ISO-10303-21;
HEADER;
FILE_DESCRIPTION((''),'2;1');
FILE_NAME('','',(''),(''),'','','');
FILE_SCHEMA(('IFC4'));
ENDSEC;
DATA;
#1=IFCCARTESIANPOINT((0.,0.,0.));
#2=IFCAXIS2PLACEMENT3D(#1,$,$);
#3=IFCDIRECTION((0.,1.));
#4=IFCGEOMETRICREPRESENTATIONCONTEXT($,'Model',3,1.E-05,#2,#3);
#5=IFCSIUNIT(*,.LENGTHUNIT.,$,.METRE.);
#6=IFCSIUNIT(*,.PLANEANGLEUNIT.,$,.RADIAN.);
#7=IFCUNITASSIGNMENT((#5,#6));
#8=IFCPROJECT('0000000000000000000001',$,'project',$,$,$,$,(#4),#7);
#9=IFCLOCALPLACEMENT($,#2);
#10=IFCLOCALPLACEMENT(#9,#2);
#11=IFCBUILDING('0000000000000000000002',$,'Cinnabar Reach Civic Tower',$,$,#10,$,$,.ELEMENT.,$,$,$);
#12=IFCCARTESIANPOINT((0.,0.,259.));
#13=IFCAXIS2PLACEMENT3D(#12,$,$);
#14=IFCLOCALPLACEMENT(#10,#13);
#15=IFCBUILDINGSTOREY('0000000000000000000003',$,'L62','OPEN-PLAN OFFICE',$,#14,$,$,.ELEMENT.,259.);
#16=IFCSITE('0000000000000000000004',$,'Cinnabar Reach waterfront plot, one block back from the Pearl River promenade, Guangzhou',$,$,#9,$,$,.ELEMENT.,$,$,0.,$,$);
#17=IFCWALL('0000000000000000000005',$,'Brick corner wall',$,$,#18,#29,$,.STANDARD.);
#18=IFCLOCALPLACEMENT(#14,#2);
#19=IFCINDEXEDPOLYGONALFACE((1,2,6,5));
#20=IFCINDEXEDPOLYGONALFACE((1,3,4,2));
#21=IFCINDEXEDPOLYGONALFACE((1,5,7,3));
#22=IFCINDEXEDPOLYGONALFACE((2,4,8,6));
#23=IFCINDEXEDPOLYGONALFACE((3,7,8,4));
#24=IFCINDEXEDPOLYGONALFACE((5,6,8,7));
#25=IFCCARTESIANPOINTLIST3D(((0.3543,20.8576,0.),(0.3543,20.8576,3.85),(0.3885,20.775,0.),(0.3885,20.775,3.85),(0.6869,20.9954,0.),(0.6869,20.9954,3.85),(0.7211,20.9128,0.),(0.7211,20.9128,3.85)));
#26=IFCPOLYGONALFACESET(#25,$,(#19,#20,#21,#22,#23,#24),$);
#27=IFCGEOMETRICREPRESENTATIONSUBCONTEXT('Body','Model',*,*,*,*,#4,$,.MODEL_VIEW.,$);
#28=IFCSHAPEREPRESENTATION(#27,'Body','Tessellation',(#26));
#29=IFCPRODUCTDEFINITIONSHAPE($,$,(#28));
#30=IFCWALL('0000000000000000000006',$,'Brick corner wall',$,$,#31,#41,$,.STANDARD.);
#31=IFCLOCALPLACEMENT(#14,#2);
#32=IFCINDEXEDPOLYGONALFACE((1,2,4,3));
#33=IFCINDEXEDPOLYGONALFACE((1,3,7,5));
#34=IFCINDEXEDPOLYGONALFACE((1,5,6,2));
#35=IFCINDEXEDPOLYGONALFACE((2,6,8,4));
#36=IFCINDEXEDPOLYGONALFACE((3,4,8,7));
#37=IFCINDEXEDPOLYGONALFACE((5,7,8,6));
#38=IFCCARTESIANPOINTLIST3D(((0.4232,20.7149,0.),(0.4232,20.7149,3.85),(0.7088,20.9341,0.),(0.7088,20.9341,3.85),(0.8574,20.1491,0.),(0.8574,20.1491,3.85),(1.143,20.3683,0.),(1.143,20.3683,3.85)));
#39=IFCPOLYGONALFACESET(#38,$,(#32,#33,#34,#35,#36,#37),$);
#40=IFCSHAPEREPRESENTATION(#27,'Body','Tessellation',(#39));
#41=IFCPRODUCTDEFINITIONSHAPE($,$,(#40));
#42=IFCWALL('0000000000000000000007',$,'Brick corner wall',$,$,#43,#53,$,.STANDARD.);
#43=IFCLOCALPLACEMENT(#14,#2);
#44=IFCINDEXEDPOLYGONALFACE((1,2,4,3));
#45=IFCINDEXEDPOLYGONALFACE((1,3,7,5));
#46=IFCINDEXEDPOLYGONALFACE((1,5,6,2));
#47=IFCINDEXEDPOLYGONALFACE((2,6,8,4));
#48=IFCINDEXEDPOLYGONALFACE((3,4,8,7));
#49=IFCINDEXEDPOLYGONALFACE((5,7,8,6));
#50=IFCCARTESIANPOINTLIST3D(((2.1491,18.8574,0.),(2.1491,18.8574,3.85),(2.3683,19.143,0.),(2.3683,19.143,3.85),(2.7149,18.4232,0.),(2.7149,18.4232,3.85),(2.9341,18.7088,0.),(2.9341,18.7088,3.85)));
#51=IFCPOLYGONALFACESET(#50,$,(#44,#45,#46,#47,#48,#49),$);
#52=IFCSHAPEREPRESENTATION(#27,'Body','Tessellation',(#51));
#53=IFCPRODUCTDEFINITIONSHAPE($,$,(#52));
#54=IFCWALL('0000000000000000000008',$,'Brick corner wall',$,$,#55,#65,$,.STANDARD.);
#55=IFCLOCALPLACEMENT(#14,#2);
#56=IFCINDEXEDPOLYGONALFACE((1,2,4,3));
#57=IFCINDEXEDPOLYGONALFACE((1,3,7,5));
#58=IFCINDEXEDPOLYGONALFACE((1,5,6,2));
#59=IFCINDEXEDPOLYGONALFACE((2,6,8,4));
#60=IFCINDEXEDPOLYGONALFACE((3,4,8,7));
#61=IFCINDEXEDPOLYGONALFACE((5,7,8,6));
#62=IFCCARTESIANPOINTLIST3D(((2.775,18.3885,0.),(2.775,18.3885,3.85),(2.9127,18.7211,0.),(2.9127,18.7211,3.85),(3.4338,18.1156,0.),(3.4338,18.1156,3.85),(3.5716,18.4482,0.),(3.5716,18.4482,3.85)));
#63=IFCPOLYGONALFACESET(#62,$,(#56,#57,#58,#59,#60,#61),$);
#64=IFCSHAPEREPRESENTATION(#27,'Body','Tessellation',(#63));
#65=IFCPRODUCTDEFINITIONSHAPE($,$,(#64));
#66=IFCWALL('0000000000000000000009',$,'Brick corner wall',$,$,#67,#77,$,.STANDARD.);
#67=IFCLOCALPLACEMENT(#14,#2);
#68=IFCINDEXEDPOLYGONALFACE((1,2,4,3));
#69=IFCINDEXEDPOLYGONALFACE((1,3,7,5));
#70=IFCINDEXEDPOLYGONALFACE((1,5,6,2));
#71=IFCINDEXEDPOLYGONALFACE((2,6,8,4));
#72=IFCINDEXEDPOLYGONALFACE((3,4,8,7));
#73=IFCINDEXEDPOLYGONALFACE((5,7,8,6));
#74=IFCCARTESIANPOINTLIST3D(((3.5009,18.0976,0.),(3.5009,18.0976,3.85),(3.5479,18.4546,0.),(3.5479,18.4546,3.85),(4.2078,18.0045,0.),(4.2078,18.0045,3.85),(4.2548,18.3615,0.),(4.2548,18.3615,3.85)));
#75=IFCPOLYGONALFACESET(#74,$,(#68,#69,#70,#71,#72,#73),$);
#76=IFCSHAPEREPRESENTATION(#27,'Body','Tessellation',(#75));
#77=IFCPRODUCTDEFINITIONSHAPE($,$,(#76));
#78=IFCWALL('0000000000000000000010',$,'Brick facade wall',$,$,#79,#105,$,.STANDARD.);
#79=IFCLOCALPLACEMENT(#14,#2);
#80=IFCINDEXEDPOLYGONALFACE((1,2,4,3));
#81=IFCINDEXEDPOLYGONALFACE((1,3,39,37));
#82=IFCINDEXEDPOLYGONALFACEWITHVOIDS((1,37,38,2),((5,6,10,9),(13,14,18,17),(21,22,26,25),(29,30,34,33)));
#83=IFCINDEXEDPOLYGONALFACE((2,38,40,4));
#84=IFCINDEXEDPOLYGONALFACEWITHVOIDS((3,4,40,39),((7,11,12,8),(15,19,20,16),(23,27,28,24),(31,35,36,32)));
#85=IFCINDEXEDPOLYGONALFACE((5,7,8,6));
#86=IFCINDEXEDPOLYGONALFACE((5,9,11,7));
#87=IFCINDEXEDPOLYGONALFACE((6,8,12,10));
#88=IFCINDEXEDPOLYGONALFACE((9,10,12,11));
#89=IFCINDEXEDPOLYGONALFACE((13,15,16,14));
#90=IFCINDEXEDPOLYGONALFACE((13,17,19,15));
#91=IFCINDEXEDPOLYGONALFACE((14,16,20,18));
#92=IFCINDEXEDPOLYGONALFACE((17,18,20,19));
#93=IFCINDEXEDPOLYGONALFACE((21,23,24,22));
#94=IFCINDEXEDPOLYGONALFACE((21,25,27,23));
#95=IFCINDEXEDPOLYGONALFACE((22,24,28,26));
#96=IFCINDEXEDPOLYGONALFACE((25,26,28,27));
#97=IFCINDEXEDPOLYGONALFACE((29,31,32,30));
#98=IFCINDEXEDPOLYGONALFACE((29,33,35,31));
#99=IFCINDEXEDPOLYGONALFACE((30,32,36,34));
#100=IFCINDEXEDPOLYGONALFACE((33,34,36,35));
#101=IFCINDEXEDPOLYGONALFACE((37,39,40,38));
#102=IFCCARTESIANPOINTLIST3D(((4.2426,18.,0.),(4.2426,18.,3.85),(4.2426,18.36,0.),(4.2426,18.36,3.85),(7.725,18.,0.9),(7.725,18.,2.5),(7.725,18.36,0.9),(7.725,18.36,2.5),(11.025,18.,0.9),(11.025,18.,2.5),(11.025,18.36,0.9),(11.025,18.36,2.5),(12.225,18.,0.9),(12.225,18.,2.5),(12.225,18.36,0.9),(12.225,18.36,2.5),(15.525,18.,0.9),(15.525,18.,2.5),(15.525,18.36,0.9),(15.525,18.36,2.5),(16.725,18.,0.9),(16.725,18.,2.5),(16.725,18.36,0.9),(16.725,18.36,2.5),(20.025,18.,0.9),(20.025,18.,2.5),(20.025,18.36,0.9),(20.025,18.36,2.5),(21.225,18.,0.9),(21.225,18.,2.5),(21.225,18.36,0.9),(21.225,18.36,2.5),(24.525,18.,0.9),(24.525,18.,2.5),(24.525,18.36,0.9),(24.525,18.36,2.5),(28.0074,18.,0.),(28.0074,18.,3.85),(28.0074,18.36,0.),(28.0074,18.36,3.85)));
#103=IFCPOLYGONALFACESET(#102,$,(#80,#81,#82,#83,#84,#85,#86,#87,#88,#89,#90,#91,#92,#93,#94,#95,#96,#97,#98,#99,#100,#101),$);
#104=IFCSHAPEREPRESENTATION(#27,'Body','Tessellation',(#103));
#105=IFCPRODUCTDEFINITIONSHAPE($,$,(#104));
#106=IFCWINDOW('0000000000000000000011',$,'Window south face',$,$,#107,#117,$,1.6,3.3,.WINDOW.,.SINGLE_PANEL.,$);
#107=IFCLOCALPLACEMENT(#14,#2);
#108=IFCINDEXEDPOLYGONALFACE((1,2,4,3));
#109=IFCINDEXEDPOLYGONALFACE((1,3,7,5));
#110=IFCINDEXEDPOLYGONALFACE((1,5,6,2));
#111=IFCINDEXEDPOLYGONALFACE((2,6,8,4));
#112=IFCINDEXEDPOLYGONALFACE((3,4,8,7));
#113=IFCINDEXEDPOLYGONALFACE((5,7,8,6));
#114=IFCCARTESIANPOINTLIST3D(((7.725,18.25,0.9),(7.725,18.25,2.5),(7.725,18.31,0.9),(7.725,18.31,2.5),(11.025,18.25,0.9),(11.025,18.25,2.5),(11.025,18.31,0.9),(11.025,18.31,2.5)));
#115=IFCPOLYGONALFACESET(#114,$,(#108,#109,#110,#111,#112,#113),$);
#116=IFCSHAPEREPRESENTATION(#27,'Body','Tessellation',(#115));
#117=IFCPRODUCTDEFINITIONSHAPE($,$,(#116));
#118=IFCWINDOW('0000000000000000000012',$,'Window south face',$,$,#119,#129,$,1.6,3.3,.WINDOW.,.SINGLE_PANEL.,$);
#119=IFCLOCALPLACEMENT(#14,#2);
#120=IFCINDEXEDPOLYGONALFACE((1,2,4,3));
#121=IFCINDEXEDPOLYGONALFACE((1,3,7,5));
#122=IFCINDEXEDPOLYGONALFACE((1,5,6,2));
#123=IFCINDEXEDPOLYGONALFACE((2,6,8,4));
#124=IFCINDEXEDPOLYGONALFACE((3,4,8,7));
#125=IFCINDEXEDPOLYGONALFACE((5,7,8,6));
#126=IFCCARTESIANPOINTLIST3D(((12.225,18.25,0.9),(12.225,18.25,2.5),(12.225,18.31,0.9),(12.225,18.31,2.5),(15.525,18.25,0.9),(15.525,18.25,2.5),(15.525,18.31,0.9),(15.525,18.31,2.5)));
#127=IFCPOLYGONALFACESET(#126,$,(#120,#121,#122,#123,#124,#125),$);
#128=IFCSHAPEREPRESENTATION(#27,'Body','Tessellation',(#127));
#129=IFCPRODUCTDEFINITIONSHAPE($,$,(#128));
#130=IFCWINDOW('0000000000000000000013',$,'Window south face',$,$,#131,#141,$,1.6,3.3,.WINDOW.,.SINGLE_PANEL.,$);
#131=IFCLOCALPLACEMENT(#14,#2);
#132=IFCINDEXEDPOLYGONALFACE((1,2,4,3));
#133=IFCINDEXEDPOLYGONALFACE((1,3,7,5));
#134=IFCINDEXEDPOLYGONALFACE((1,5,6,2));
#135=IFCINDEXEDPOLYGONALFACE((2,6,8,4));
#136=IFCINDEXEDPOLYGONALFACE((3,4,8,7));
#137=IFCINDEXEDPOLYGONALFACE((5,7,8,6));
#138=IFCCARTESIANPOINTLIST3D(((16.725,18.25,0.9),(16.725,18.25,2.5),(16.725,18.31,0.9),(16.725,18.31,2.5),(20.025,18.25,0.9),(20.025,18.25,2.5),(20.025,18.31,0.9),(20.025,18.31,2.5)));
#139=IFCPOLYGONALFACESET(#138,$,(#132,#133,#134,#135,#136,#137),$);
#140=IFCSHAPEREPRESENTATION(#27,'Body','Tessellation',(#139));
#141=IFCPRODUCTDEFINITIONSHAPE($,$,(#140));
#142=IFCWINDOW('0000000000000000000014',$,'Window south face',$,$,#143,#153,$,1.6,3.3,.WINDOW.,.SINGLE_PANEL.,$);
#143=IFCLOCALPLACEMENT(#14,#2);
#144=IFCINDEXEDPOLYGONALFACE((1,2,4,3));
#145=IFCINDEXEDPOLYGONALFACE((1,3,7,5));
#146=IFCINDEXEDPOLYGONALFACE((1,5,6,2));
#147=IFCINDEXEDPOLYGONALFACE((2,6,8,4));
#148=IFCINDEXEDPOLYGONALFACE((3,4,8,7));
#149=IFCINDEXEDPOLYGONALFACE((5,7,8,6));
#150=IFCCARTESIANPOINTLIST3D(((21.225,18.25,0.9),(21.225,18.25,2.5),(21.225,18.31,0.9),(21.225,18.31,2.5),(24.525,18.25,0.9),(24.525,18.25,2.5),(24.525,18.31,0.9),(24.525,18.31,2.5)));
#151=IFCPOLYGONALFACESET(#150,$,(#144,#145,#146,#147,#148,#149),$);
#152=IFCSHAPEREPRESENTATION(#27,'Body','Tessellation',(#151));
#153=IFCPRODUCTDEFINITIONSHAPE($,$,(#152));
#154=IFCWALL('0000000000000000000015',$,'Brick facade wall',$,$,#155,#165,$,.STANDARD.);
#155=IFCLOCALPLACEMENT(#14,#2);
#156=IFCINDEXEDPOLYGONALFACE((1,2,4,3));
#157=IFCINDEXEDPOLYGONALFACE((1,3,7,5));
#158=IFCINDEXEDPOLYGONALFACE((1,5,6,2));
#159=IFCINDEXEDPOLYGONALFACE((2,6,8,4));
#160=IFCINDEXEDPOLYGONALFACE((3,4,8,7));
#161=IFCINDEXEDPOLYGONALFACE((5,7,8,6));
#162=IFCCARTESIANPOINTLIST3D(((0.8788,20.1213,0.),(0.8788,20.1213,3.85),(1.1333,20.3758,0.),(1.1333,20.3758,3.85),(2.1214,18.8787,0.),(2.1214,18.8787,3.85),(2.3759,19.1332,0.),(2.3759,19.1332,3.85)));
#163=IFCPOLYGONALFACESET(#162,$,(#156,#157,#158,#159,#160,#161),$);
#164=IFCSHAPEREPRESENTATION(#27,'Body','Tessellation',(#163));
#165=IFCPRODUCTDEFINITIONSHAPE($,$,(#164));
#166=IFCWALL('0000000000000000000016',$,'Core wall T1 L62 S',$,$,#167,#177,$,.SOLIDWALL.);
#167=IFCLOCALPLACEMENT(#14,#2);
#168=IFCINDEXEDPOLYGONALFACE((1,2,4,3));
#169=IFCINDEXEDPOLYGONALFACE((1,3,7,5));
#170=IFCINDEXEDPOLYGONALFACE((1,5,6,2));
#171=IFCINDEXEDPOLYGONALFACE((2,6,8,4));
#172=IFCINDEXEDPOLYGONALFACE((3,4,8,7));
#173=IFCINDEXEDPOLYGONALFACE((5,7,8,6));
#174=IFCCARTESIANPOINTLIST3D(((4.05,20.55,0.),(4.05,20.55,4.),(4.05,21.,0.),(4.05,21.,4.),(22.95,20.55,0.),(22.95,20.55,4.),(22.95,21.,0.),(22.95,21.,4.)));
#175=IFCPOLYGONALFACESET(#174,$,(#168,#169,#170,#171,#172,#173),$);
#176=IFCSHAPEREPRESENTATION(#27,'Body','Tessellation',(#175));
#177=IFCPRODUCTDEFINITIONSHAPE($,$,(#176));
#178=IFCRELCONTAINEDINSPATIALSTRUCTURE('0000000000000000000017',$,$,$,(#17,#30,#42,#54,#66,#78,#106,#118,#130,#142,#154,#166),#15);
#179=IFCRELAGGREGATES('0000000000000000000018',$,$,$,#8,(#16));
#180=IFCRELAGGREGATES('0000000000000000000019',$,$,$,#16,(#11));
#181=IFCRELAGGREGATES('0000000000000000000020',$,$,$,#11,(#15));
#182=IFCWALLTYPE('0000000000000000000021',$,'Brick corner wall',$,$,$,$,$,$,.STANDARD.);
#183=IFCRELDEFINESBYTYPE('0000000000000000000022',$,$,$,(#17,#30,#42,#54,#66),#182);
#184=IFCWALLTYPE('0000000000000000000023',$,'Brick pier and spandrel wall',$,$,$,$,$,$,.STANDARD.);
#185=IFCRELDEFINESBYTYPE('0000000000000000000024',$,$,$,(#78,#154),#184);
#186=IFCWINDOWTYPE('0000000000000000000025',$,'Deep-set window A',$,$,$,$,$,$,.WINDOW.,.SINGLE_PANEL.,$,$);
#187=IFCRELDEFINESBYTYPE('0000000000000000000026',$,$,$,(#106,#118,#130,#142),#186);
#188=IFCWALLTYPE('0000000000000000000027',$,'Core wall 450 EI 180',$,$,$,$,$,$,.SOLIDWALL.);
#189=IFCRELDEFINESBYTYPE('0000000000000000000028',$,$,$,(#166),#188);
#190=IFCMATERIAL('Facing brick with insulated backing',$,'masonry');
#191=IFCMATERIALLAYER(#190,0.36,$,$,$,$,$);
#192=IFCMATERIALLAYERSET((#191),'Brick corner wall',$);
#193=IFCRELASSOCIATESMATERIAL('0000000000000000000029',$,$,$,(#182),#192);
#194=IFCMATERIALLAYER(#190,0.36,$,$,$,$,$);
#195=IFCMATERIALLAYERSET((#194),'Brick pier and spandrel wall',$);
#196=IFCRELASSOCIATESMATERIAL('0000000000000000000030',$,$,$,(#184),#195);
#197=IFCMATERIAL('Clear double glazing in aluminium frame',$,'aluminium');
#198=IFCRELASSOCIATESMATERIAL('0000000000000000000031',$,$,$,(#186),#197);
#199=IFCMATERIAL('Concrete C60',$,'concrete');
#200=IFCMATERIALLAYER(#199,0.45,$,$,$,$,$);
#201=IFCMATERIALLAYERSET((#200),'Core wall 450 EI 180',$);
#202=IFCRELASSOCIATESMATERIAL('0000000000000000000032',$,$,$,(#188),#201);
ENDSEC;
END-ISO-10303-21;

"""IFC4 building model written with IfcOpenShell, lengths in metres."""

from ifc_helpers import new_model, si_unit, direction, frame, frame_2d, origin, place, context, subcontext, project, spatial, rectangle, extrude, material, layer, layer_set, type_object, element, fill, save


model = new_model("IFC4")

# Units and contexts
model_context = context("Model", 3, precision=1e-05, world=origin(), true_north=direction((0.0, 1.0)))
body_context = subcontext(model_context, "Body", "Model", "MODEL_VIEW")
ifc_project = project(units=[si_unit("LENGTHUNIT", "METRE"), si_unit("PLANEANGLEUNIT", "RADIAN")], contexts=[model_context])

# Site, building, storey
site_placement = place(None, origin())
site = spatial("IfcSite", under=ifc_project, at=site_placement, Name="Cinnabar Reach waterfront plot, one block back from the Pearl River promenade, Guangzhou", CompositionType="ELEMENT", RefElevation=0.0)
building_placement = place(site_placement, origin())
building = spatial("IfcBuilding", under=site, at=building_placement, Name="Cinnabar Reach Civic Tower", CompositionType="ELEMENT")
storey_placement = place(building_placement, frame((0.0, 0.0, 259.0)))
storey = spatial("IfcBuildingStorey", under=building, at=storey_placement, Name="L62", Description="OPEN-PLAN OFFICE", CompositionType="ELEMENT", Elevation=259.0)

# Shared definitions
ifc_material_1 = material(Name="Concrete C60", Category="concrete")

# Walls
ifc_material_2 = material(Name="Facing brick with insulated backing", Category="masonry")
ifc_layer_1 = layer(ifc_material_2, 0.36)
ifc_layer_set_1 = layer_set([ifc_layer_1], Name="Brick corner wall")
wall_type_1 = type_object("IfcWallType", Name="Brick corner wall", PredefinedType="STANDARD", material=ifc_layer_set_1)
wall_1_placement = place(storey_placement, frame((0.5206, 20.9265, 0.0), z_axis=(0.0, 0.0, 1.0), x_axis=(0.382549, -0.923935, 0.0)))
element("IfcWall", 1, at=wall_1_placement, inside=storey, type_object=wall_type_1, Name="Brick corner wall", PredefinedType="STANDARD", context=body_context, shape_type="SweptSolid", body=[
    extrude(rectangle(XDim=0.0894, YDim=0.36, at=frame_2d((0.0447, 0.0))), origin(), (0.0, 0.0, 1.0), 3.85),
])
for number, where, z_axis, x_axis, name in (
    (2, (0.566, 20.8245, 0.0), (0.0, 0.0, 1.0), (0.608802, -0.793322, 0.0), "Brick corner wall"),
    (3, (2.2587, 19.0002, 0.0), (0.0, 0.0, 1.0), (0.793322, -0.608802, 0.0), "Brick corner wall"),
):
    element("IfcWall", number, at=place(storey_placement, frame(where, z_axis=z_axis, x_axis=x_axis)), inside=storey, type_object=wall_type_1, Name=name, PredefinedType="STANDARD", context=body_context, shape_type="SweptSolid", body=[
        extrude(rectangle(XDim=0.7132, YDim=0.36, at=frame_2d((0.3566, 0.0))), origin(), (0.0, 0.0, 1.0), 3.85),
    ])
for number, where, z_axis, x_axis, name in (
    (4, (2.8439, 18.5548, 0.0), (0.0, 0.0, 1.0), (0.923872, -0.382703, 0.0), "Brick corner wall"),
    (5, (3.5244, 18.2761, 0.0), (0.0, 0.0, 1.0), (0.991441, -0.130556, 0.0), "Brick corner wall"),
):
    element("IfcWall", number, at=place(storey_placement, frame(where, z_axis=z_axis, x_axis=x_axis)), inside=storey, type_object=wall_type_1, Name=name, PredefinedType="STANDARD", context=body_context, shape_type="SweptSolid", body=[
        extrude(rectangle(XDim=0.7131, YDim=0.36, at=frame_2d((0.3565, 0.0))), origin(), (0.0, 0.0, 1.0), 3.85),
    ])

# Wall, openings, windows
ifc_layer_2 = layer(ifc_material_2, 0.36)
ifc_layer_set_2 = layer_set([ifc_layer_2], Name="Brick pier and spandrel wall")
wall_type_2 = type_object("IfcWallType", Name="Brick pier and spandrel wall", PredefinedType="STANDARD", material=ifc_layer_set_2)
wall_2_placement = place(storey_placement, frame((4.2426, 18.18, 0.0), z_axis=(0.0, 0.0, 1.0), x_axis=(1.0, 0.0, 0.0)))
wall_2 = element("IfcWall", 6, at=wall_2_placement, inside=storey, type_object=wall_type_2, Name="Brick facade wall", PredefinedType="STANDARD", context=body_context, shape_type="SweptSolid", body=[
    extrude(rectangle(XDim=23.7648, YDim=0.36, at=frame_2d((11.8824, 0.0))), origin(), (0.0, 0.0, 1.0), 3.85),
])
opening_1_placement = place(wall_2_placement, frame((3.4824, 0.0, 0.9)))
opening_1 = element("IfcOpeningElement", 7, at=opening_1_placement, cuts=wall_2, PredefinedType="OPENING", context=body_context, shape_type="SweptSolid", body=[
    extrude(rectangle(XDim=3.3, YDim=1.6, at=frame_2d((1.65, 0.8))), frame((0.0, 0.19, 0.0), z_axis=(0.0, -1.0, 0.0), x_axis=(1.0, 0.0, 0.0)), (0.0, 0.0, 1.0), 0.38),
])
opening_2_placement = place(wall_2_placement, frame((7.9824, 0.0, 0.9)))
opening_2 = element("IfcOpeningElement", 8, at=opening_2_placement, cuts=wall_2, PredefinedType="OPENING", context=body_context, shape_type="SweptSolid", body=[
    extrude(rectangle(XDim=3.3, YDim=1.6, at=frame_2d((1.65, 0.8))), frame((0.0, 0.19, 0.0), z_axis=(0.0, -1.0, 0.0), x_axis=(1.0, 0.0, 0.0)), (0.0, 0.0, 1.0), 0.38),
])
opening_3_placement = place(wall_2_placement, frame((12.4824, 0.0, 0.9)))
opening_3 = element("IfcOpeningElement", 9, at=opening_3_placement, cuts=wall_2, PredefinedType="OPENING", context=body_context, shape_type="SweptSolid", body=[
    extrude(rectangle(XDim=3.3, YDim=1.6, at=frame_2d((1.65, 0.8))), frame((0.0, 0.19, 0.0), z_axis=(0.0, -1.0, 0.0), x_axis=(1.0, 0.0, 0.0)), (0.0, 0.0, 1.0), 0.38),
])
opening_4_placement = place(wall_2_placement, frame((16.9824, 0.0, 0.9)))
opening_4 = element("IfcOpeningElement", 10, at=opening_4_placement, cuts=wall_2, PredefinedType="OPENING", context=body_context, shape_type="SweptSolid", body=[
    extrude(rectangle(XDim=3.3, YDim=1.6, at=frame_2d((1.65, 0.8))), frame((0.0, 0.19, 0.0), z_axis=(0.0, -1.0, 0.0), x_axis=(1.0, 0.0, 0.0)), (0.0, 0.0, 1.0), 0.38),
])
ifc_material_3 = material(Name="Clear double glazing in aluminium frame", Category="aluminium")
window_type = type_object("IfcWindowType", Name="Deep-set window A", PartitioningType="SINGLE_PANEL", PredefinedType="WINDOW", material=ifc_material_3)
window_1_placement = place(opening_1_placement, origin())
window_1 = element("IfcWindow", 11, at=window_1_placement, inside=storey, type_object=window_type, Name="Window south face", OverallHeight=1.6, OverallWidth=3.3, PartitioningType="SINGLE_PANEL", PredefinedType="WINDOW", context=body_context, shape_type="SweptSolid", body=[
    extrude(rectangle(XDim=3.3, YDim=1.6, at=frame_2d((1.65, 0.8))), frame((0.0, 0.13, 0.0), z_axis=(0.0, -1.0, 0.0), x_axis=(1.0, 0.0, 0.0)), (0.0, 0.0, 1.0), 0.06),
])
fill(opening_1, window_1)
window_2_placement = place(opening_2_placement, origin())
window_2 = element("IfcWindow", 12, at=window_2_placement, inside=storey, type_object=window_type, Name="Window south face", OverallHeight=1.6, OverallWidth=3.3, PartitioningType="SINGLE_PANEL", PredefinedType="WINDOW", context=body_context, shape_type="SweptSolid", body=[
    extrude(rectangle(XDim=3.3, YDim=1.6, at=frame_2d((1.65, 0.8))), frame((0.0, 0.13, 0.0), z_axis=(0.0, -1.0, 0.0), x_axis=(1.0, 0.0, 0.0)), (0.0, 0.0, 1.0), 0.06),
])
fill(opening_2, window_2)
window_3_placement = place(opening_3_placement, origin())
window_3 = element("IfcWindow", 13, at=window_3_placement, inside=storey, type_object=window_type, Name="Window south face", OverallHeight=1.6, OverallWidth=3.3, PartitioningType="SINGLE_PANEL", PredefinedType="WINDOW", context=body_context, shape_type="SweptSolid", body=[
    extrude(rectangle(XDim=3.3, YDim=1.6, at=frame_2d((1.65, 0.8))), frame((0.0, 0.13, 0.0), z_axis=(0.0, -1.0, 0.0), x_axis=(1.0, 0.0, 0.0)), (0.0, 0.0, 1.0), 0.06),
])
fill(opening_3, window_3)
window_4_placement = place(opening_4_placement, origin())
window_4 = element("IfcWindow", 14, at=window_4_placement, inside=storey, type_object=window_type, Name="Window south face", OverallHeight=1.6, OverallWidth=3.3, PartitioningType="SINGLE_PANEL", PredefinedType="WINDOW", context=body_context, shape_type="SweptSolid", body=[
    extrude(rectangle(XDim=3.3, YDim=1.6, at=frame_2d((1.65, 0.8))), frame((0.0, 0.13, 0.0), z_axis=(0.0, -1.0, 0.0), x_axis=(1.0, 0.0, 0.0)), (0.0, 0.0, 1.0), 0.06),
])
fill(opening_4, window_4)

# Walls
wall_3_placement = place(storey_placement, frame((1.006, 20.2486, 0.0), z_axis=(0.0, 0.0, 1.0), x_axis=(0.707107, -0.707107, 0.0)))
element("IfcWall", 15, at=wall_3_placement, inside=storey, type_object=wall_type_2, Name="Brick facade wall", PredefinedType="STANDARD", context=body_context, shape_type="SweptSolid", body=[
    extrude(rectangle(XDim=1.7573, YDim=0.36, at=frame_2d((0.8787, 0.0))), origin(), (0.0, 0.0, 1.0), 3.85),
])
ifc_layer_3 = layer(ifc_material_1, 0.45)
ifc_layer_set_3 = layer_set([ifc_layer_3], Name="Core wall 450 EI 180")
wall_type_3 = type_object("IfcWallType", Name="Core wall 450 EI 180", PredefinedType="SOLIDWALL", material=ifc_layer_set_3)
wall_4_placement = place(storey_placement, frame((4.05, 20.775, 0.0), z_axis=(0.0, 0.0, 1.0), x_axis=(1.0, 0.0, 0.0)))
element("IfcWall", 16, at=wall_4_placement, inside=storey, type_object=wall_type_3, Name="Core wall T1 L62 S", PredefinedType="SOLIDWALL", context=body_context, shape_type="SweptSolid", body=[
    extrude(rectangle(XDim=18.9, YDim=0.45, at=frame_2d((9.45, 0.0))), origin(), (0.0, 0.0, 1.0), 4.0),
])

save(model, "model.ifc")
